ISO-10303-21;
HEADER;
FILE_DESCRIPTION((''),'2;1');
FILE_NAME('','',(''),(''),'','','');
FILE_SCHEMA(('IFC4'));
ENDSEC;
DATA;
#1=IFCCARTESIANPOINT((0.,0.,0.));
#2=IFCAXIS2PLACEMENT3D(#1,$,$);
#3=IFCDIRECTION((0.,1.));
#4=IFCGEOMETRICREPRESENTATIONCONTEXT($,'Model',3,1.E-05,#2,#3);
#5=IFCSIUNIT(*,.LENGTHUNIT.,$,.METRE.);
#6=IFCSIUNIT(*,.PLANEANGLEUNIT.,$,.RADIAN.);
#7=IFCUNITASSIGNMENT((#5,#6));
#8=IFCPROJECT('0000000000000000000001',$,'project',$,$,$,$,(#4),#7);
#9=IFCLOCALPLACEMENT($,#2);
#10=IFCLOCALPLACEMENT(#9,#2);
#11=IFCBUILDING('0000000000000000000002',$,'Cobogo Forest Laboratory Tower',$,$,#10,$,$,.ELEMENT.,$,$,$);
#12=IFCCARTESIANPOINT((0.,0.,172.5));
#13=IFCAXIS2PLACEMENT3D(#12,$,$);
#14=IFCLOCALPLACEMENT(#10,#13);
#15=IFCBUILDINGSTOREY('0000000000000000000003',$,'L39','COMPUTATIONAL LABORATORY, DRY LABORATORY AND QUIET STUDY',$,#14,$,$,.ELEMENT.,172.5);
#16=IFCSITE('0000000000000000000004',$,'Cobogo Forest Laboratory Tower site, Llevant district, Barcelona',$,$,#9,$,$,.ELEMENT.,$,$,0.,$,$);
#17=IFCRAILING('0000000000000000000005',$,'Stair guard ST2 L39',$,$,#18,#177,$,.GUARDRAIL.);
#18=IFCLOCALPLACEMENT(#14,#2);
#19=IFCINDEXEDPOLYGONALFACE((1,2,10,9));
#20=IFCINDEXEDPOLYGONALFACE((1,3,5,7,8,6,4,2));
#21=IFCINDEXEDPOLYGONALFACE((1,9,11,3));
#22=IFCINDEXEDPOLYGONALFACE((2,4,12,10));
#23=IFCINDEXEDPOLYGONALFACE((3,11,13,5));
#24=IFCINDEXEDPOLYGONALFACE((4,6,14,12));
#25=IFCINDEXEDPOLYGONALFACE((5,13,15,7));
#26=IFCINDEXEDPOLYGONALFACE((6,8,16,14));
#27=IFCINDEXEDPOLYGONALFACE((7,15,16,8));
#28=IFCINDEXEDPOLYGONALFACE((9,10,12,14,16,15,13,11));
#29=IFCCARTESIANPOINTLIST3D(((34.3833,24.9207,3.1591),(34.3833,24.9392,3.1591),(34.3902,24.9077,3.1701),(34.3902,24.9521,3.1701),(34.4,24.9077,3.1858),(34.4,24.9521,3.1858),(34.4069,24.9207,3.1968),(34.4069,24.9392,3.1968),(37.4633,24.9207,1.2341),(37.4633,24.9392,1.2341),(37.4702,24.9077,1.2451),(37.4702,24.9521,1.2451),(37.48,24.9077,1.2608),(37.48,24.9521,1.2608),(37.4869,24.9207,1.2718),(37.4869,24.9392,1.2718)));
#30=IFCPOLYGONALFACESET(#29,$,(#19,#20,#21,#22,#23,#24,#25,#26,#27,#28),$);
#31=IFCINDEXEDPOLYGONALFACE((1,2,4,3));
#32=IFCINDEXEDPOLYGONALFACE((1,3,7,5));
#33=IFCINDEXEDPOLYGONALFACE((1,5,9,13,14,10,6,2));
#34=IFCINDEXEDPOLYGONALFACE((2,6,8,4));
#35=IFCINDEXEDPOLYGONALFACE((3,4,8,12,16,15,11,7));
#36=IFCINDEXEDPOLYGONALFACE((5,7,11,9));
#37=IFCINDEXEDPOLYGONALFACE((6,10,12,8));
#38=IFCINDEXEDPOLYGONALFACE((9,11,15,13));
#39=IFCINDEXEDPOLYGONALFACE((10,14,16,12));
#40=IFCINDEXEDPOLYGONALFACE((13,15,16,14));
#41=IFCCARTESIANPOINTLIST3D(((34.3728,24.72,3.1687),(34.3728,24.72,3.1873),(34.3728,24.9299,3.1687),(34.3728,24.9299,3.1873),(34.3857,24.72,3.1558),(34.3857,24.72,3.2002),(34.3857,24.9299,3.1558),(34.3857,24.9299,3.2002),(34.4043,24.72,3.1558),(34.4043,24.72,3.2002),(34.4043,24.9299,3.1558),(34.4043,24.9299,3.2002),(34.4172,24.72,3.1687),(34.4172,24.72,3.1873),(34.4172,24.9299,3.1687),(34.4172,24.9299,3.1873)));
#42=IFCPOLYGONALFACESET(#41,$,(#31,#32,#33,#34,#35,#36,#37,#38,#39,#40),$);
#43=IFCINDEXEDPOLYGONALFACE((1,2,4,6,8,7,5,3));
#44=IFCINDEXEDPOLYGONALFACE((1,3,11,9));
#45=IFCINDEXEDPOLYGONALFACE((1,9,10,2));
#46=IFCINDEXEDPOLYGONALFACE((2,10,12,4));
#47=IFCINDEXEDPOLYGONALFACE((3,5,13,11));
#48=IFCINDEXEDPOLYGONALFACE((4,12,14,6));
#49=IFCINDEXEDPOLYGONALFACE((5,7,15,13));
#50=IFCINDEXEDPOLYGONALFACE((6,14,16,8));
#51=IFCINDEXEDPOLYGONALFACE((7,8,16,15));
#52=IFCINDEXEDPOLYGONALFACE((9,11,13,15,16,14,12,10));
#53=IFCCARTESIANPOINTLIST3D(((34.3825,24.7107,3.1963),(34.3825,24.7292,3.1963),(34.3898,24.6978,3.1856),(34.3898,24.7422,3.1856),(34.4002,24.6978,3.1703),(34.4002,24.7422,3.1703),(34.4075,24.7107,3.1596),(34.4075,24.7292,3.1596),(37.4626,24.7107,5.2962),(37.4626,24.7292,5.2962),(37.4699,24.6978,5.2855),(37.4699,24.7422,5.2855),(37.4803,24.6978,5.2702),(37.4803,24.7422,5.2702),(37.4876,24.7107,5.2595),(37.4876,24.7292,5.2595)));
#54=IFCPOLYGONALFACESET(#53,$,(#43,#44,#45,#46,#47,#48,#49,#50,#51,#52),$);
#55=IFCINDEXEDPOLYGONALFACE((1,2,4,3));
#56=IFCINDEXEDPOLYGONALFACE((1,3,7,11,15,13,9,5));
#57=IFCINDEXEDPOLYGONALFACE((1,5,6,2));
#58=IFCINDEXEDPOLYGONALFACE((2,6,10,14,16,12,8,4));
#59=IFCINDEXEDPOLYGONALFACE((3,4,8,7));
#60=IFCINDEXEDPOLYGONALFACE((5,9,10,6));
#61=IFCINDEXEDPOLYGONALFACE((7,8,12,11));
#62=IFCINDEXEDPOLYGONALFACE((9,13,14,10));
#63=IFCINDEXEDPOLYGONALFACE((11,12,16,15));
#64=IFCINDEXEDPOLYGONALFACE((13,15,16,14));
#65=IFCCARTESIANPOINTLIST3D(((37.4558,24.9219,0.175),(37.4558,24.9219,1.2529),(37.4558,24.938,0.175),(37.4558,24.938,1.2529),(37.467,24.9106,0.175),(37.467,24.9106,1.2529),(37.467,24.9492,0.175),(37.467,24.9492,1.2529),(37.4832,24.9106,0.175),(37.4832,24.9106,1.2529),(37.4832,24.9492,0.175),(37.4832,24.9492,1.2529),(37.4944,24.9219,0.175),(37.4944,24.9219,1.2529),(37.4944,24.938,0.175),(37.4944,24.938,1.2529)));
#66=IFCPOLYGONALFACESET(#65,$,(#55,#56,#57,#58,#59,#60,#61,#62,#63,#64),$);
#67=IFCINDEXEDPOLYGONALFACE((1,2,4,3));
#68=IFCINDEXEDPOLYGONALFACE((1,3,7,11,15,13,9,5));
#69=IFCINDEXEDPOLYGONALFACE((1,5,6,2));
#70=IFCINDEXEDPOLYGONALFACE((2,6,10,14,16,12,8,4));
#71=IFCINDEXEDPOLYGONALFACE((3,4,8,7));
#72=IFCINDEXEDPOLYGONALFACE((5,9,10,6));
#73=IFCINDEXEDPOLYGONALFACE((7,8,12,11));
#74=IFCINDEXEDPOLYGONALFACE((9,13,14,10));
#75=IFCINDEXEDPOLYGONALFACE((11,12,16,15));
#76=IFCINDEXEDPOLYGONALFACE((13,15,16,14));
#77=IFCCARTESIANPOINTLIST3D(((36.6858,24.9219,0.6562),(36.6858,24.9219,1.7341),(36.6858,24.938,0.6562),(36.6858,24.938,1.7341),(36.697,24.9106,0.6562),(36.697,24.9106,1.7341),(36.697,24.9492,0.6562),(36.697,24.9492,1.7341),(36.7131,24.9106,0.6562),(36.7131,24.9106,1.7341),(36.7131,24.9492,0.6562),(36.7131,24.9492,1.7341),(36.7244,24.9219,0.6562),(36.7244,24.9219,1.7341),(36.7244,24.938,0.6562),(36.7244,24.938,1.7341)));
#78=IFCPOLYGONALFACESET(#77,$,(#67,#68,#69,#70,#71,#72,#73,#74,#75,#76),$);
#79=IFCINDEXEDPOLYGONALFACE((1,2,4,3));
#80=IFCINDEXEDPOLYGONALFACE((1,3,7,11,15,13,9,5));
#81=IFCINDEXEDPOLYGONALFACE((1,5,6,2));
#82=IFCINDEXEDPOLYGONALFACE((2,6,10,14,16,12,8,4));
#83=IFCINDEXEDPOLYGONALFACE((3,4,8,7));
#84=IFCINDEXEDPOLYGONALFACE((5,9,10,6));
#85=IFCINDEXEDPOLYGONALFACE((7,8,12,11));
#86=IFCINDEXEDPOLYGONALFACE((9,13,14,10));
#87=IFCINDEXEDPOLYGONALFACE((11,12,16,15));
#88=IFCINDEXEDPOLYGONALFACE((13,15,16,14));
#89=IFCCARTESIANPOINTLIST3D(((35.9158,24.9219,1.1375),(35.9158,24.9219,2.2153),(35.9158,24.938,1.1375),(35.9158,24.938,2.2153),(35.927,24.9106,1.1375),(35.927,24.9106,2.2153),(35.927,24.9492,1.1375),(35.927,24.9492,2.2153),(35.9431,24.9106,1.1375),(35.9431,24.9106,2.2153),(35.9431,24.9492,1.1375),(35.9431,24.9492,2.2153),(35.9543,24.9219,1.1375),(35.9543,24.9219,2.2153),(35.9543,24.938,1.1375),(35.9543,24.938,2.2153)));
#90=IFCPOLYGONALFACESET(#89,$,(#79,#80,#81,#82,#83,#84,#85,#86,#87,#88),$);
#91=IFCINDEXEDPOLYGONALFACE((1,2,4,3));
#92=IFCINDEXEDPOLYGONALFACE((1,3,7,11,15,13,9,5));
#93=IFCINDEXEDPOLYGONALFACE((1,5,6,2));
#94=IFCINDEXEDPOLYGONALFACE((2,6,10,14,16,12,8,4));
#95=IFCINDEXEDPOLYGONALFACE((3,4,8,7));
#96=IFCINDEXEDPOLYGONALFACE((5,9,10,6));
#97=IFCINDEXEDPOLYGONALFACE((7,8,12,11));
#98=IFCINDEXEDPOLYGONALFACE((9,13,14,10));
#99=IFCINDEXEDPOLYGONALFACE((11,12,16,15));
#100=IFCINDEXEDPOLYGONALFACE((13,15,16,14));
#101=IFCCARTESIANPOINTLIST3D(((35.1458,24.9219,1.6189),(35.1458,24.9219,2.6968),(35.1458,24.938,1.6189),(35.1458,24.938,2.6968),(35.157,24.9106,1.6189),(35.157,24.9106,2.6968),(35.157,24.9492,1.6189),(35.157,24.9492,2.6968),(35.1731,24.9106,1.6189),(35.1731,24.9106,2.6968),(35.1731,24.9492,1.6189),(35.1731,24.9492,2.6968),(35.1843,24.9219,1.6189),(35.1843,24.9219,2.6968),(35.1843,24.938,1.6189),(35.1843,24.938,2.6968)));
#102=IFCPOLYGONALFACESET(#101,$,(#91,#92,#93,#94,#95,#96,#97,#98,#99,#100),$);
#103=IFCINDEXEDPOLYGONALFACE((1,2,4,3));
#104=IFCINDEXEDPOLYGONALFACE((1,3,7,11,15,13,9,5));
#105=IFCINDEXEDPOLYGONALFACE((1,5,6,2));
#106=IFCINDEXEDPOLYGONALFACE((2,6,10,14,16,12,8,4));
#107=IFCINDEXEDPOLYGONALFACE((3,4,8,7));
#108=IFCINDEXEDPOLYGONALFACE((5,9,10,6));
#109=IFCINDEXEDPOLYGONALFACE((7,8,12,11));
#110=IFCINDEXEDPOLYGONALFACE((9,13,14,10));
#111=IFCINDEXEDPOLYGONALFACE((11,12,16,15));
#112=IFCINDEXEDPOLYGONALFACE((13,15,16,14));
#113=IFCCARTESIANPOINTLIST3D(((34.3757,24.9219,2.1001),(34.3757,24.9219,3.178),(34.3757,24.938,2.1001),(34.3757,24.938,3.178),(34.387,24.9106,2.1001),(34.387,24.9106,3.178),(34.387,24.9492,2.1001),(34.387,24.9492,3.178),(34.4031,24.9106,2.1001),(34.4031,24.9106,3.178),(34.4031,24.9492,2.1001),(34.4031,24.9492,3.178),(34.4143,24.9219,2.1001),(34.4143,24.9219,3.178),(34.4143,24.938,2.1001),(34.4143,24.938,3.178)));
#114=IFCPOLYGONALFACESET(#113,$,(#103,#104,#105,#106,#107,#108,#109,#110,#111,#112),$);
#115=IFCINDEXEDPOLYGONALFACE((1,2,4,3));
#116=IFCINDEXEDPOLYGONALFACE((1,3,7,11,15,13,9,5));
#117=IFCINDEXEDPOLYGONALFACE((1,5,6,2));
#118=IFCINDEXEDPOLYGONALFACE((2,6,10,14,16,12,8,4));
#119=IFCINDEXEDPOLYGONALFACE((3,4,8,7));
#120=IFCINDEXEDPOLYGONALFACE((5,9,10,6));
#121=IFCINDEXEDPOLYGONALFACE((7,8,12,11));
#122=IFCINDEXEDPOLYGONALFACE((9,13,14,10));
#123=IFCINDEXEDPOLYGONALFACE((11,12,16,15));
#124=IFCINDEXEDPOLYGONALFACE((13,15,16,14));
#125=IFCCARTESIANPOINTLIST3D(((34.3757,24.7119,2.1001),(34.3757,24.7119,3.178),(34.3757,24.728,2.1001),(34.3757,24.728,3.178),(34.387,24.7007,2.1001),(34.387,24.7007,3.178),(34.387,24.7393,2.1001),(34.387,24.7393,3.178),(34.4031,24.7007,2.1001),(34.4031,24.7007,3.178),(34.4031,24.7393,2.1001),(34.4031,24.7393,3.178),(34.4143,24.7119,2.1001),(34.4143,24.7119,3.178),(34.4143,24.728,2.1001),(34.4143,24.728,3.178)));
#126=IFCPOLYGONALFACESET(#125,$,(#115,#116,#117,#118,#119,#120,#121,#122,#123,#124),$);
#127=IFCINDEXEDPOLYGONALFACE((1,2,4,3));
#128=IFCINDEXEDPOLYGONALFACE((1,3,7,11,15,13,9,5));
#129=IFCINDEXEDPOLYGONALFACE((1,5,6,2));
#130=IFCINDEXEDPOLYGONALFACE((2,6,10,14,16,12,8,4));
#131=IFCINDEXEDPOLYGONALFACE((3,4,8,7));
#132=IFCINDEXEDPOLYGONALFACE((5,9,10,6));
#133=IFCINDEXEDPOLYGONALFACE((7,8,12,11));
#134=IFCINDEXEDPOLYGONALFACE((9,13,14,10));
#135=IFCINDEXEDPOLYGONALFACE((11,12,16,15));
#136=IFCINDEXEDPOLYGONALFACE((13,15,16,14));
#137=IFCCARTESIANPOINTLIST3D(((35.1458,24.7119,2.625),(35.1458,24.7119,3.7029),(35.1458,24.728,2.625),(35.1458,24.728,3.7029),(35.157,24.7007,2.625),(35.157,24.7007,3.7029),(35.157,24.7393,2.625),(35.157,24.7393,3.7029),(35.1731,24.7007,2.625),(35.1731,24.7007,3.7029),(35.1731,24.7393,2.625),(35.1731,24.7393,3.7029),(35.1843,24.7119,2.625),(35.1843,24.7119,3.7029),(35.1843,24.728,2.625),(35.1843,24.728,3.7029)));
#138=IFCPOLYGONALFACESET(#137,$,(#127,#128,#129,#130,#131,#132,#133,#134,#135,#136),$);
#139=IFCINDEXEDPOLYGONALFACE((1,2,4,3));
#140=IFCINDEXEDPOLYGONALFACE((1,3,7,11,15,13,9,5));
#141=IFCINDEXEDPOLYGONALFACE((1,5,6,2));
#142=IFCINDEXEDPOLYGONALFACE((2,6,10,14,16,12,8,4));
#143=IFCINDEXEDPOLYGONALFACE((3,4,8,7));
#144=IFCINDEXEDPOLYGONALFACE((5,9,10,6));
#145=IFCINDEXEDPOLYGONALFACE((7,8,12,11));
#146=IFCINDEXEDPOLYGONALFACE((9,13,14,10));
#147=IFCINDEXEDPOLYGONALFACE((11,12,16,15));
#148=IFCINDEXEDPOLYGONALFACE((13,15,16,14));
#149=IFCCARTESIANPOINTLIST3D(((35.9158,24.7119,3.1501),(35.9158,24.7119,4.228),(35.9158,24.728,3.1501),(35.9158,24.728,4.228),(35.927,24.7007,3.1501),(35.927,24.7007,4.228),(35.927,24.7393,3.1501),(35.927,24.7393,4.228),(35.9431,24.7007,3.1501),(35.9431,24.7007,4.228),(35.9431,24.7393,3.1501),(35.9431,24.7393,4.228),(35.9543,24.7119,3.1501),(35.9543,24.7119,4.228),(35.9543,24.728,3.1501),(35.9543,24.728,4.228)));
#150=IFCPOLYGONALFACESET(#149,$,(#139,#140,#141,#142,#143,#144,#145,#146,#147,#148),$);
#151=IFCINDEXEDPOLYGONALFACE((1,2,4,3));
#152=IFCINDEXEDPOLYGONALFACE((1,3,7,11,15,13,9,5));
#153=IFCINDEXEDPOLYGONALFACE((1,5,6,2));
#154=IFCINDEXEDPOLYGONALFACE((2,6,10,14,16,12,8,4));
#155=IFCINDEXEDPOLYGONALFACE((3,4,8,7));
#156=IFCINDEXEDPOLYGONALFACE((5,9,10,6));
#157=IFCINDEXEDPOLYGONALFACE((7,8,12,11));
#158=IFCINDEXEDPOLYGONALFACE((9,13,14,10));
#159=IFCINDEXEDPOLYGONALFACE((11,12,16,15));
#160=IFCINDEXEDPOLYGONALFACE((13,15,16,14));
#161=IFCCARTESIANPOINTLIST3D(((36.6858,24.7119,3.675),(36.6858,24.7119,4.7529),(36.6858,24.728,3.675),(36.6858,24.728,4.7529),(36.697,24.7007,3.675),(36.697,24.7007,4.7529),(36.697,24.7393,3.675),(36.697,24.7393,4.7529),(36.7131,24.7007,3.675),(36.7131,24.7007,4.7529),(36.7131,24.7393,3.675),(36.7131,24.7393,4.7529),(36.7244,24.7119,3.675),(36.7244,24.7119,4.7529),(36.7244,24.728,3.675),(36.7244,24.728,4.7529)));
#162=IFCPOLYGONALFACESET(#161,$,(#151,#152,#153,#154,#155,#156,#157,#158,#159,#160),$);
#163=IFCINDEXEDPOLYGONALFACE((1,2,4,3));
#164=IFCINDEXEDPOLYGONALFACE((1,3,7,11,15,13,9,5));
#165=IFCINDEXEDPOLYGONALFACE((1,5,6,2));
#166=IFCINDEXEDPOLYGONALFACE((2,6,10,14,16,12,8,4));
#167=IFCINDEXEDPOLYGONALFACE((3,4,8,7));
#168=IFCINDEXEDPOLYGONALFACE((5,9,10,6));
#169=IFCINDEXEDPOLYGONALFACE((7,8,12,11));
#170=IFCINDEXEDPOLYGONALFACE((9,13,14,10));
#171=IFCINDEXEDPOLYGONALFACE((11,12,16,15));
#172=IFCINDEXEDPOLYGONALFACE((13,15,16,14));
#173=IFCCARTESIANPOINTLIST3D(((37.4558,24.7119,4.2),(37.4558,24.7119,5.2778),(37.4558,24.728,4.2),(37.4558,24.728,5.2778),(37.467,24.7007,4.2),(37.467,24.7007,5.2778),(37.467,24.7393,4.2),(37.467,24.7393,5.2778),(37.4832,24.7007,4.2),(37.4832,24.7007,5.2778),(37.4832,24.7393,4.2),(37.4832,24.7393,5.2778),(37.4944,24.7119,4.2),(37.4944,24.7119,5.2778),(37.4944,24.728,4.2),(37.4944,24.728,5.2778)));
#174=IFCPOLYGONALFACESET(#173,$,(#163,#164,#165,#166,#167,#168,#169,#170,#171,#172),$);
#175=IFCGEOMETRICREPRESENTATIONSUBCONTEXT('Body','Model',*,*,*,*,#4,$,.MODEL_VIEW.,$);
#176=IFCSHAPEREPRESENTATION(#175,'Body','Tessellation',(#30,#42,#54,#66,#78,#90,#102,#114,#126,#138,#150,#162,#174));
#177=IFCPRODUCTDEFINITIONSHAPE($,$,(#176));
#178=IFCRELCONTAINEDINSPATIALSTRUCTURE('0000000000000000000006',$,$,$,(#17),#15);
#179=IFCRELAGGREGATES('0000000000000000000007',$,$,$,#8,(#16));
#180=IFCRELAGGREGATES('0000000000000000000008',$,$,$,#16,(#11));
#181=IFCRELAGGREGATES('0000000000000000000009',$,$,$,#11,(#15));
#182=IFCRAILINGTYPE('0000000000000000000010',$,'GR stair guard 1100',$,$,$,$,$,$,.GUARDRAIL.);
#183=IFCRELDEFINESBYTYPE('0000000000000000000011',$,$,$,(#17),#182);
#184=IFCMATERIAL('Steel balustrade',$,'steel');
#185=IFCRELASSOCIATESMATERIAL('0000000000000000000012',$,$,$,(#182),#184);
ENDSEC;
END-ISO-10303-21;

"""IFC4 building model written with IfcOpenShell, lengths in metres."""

from ifc_helpers import new_model, si_unit, direction, frame, origin, place, context, subcontext, project, spatial, polyline, outline, extrude, material, type_object, element, save


model = new_model("IFC4")

# Units and contexts
model_context = context("Model", 3, precision=1e-05, world=origin(), true_north=direction((0.0, 1.0)))
body_context = subcontext(model_context, "Body", "Model", "MODEL_VIEW")
ifc_project = project(units=[si_unit("LENGTHUNIT", "METRE"), si_unit("PLANEANGLEUNIT", "RADIAN")], contexts=[model_context])

# Site, building, storey
site_placement = place(None, origin())
site = spatial("IfcSite", under=ifc_project, at=site_placement, Name="Cobogo Forest Laboratory Tower site, Llevant district, Barcelona", CompositionType="ELEMENT", RefElevation=0.0)
building_placement = place(site_placement, origin())
building = spatial("IfcBuilding", under=site, at=building_placement, Name="Cobogo Forest Laboratory Tower", CompositionType="ELEMENT")
storey_placement = place(building_placement, frame((0.0, 0.0, 172.5)))
storey = spatial("IfcBuildingStorey", under=building, at=storey_placement, Name="L39", Description="COMPUTATIONAL LABORATORY, DRY LABORATORY AND QUIET STUDY", CompositionType="ELEMENT", Elevation=172.5)

# Railing
ifc_material_1 = material(Name="Steel balustrade", Category="steel")
railing_type_1 = type_object("IfcRailingType", Name="GR stair guard 1100", PredefinedType="GUARDRAIL", material=ifc_material_1)
railing_1_placement = place(storey_placement, frame((37.4751, 24.9299, 0.175)))
element("IfcRailing", 1, at=railing_1_placement, inside=storey, type_object=railing_type_1, Name="Stair guard ST2 L39", PredefinedType="GUARDRAIL", context=body_context, shape_type="SweptSolid", body=[
    extrude(outline(polyline([(0.0222, 0.0093), (0.0093, 0.0222), (-0.0093, 0.0222), (-0.0222, 0.0093), (-0.0222, -0.0093), (-0.0093, -0.0222), (0.0093, -0.0222), (0.0222, -0.0093), (0.0222, 0.0093)])), frame((0.0, 0.0, 1.0779), z_axis=(-0.847998, 0.0, 0.529999), x_axis=(0.0, -1.0, 0.0)), (0.0, 0.0, 1.0), 3.6321),
    extrude(outline(polyline([(0.0222, 0.0093), (0.0093, 0.0222), (-0.0093, 0.0222), (-0.0222, 0.0093), (-0.0222, -0.0093), (-0.0093, -0.0222), (0.0093, -0.0222), (0.0222, -0.0093), (0.0222, 0.0093)])), frame((-3.0801, 0.0, 3.0029), z_axis=(0.0, -1.0, 0.0), x_axis=(1.0, 0.0, 0.0)), (0.0, 0.0, 1.0), 0.21),
    extrude(outline(polyline([(0.0222, 0.0093), (0.0093, 0.0222), (-0.0093, 0.0222), (-0.0222, 0.0093), (-0.0222, -0.0093), (-0.0093, -0.0222), (0.0093, -0.0222), (0.0222, -0.0093), (0.0222, 0.0093)])), frame((-3.0801, -0.21, 3.0029), z_axis=(0.826252, 0.0, 0.5633), x_axis=(0.0, 1.0, 0.0)), (0.0, 0.0, 1.0), 3.7278),
    extrude(outline(polyline([(0.0193, 0.0081), (0.0081, 0.0193), (-0.0081, 0.0193), (-0.0193, 0.0081), (-0.0193, -0.0081), (-0.0081, -0.0193), (0.0081, -0.0193), (0.0193, -0.0081), (0.0193, 0.0081)])), origin(), (0.0, 0.0, 1.0), 1.0779),
    extrude(outline(polyline([(0.0193, 0.0081), (0.0081, 0.0193), (-0.0081, 0.0193), (-0.0193, 0.0081), (-0.0193, -0.0081), (-0.0081, -0.0193), (0.0081, -0.0193), (0.0193, -0.0081), (0.0193, 0.0081)])), frame((-0.77, 0.0, 0.4812)), (0.0, 0.0, 1.0), 1.0779),
    extrude(outline(polyline([(0.0193, 0.0081), (0.0081, 0.0193), (-0.0081, 0.0193), (-0.0193, 0.0081), (-0.0193, -0.0081), (-0.0081, -0.0193), (0.0081, -0.0193), (0.0193, -0.0081), (0.0193, 0.0081)])), frame((-1.54, 0.0, 0.9624)), (0.0, 0.0, 1.0), 1.0779),
    extrude(outline(polyline([(0.0193, 0.0081), (0.0081, 0.0193), (-0.0081, 0.0193), (-0.0193, 0.0081), (-0.0193, -0.0081), (-0.0081, -0.0193), (0.0081, -0.0193), (0.0193, -0.0081), (0.0193, 0.0081)])), frame((-2.3101, 0.0, 1.4438)), (0.0, 0.0, 1.0), 1.0779),
    extrude(outline(polyline([(0.0193, 0.0081), (0.0081, 0.0193), (-0.0081, 0.0193), (-0.0193, 0.0081), (-0.0193, -0.0081), (-0.0081, -0.0193), (0.0081, -0.0193), (0.0193, -0.0081), (0.0193, 0.0081)])), frame((-3.0801, 0.0, 1.925)), (0.0, 0.0, 1.0), 1.0779),
    extrude(outline(polyline([(0.0193, 0.0081), (0.0081, 0.0193), (-0.0081, 0.0193), (-0.0193, 0.0081), (-0.0193, -0.0081), (-0.0081, -0.0193), (0.0081, -0.0193), (0.0193, -0.0081), (0.0193, 0.0081)])), frame((-3.0801, -0.21, 1.925)), (0.0, 0.0, 1.0), 1.0779),
    extrude(outline(polyline([(0.0193, 0.0081), (0.0081, 0.0193), (-0.0081, 0.0193), (-0.0193, 0.0081), (-0.0193, -0.0081), (-0.0081, -0.0193), (0.0081, -0.0193), (0.0193, -0.0081), (0.0193, 0.0081)])), frame((-2.3101, -0.21, 2.45)), (0.0, 0.0, 1.0), 1.0779),
    extrude(outline(polyline([(0.0193, 0.0081), (0.0081, 0.0193), (-0.0081, 0.0193), (-0.0193, 0.0081), (-0.0193, -0.0081), (-0.0081, -0.0193), (0.0081, -0.0193), (0.0193, -0.0081), (0.0193, 0.0081)])), frame((-1.54, -0.21, 2.9751)), (0.0, 0.0, 1.0), 1.0779),
    extrude(outline(polyline([(0.0193, 0.0081), (0.0081, 0.0193), (-0.0081, 0.0193), (-0.0193, 0.0081), (-0.0193, -0.0081), (-0.0081, -0.0193), (0.0081, -0.0193), (0.0193, -0.0081), (0.0193, 0.0081)])), frame((-0.77, -0.21, 3.5)), (0.0, 0.0, 1.0), 1.0779),
    extrude(outline(polyline([(0.0193, 0.0081), (0.0081, 0.0193), (-0.0081, 0.0193), (-0.0193, 0.0081), (-0.0193, -0.0081), (-0.0081, -0.0193), (0.0081, -0.0193), (0.0193, -0.0081), (0.0193, 0.0081)])), frame((0.0, -0.21, 4.0249)), (0.0, 0.0, 1.0), 1.0779),
])

save(model, "model.ifc")
